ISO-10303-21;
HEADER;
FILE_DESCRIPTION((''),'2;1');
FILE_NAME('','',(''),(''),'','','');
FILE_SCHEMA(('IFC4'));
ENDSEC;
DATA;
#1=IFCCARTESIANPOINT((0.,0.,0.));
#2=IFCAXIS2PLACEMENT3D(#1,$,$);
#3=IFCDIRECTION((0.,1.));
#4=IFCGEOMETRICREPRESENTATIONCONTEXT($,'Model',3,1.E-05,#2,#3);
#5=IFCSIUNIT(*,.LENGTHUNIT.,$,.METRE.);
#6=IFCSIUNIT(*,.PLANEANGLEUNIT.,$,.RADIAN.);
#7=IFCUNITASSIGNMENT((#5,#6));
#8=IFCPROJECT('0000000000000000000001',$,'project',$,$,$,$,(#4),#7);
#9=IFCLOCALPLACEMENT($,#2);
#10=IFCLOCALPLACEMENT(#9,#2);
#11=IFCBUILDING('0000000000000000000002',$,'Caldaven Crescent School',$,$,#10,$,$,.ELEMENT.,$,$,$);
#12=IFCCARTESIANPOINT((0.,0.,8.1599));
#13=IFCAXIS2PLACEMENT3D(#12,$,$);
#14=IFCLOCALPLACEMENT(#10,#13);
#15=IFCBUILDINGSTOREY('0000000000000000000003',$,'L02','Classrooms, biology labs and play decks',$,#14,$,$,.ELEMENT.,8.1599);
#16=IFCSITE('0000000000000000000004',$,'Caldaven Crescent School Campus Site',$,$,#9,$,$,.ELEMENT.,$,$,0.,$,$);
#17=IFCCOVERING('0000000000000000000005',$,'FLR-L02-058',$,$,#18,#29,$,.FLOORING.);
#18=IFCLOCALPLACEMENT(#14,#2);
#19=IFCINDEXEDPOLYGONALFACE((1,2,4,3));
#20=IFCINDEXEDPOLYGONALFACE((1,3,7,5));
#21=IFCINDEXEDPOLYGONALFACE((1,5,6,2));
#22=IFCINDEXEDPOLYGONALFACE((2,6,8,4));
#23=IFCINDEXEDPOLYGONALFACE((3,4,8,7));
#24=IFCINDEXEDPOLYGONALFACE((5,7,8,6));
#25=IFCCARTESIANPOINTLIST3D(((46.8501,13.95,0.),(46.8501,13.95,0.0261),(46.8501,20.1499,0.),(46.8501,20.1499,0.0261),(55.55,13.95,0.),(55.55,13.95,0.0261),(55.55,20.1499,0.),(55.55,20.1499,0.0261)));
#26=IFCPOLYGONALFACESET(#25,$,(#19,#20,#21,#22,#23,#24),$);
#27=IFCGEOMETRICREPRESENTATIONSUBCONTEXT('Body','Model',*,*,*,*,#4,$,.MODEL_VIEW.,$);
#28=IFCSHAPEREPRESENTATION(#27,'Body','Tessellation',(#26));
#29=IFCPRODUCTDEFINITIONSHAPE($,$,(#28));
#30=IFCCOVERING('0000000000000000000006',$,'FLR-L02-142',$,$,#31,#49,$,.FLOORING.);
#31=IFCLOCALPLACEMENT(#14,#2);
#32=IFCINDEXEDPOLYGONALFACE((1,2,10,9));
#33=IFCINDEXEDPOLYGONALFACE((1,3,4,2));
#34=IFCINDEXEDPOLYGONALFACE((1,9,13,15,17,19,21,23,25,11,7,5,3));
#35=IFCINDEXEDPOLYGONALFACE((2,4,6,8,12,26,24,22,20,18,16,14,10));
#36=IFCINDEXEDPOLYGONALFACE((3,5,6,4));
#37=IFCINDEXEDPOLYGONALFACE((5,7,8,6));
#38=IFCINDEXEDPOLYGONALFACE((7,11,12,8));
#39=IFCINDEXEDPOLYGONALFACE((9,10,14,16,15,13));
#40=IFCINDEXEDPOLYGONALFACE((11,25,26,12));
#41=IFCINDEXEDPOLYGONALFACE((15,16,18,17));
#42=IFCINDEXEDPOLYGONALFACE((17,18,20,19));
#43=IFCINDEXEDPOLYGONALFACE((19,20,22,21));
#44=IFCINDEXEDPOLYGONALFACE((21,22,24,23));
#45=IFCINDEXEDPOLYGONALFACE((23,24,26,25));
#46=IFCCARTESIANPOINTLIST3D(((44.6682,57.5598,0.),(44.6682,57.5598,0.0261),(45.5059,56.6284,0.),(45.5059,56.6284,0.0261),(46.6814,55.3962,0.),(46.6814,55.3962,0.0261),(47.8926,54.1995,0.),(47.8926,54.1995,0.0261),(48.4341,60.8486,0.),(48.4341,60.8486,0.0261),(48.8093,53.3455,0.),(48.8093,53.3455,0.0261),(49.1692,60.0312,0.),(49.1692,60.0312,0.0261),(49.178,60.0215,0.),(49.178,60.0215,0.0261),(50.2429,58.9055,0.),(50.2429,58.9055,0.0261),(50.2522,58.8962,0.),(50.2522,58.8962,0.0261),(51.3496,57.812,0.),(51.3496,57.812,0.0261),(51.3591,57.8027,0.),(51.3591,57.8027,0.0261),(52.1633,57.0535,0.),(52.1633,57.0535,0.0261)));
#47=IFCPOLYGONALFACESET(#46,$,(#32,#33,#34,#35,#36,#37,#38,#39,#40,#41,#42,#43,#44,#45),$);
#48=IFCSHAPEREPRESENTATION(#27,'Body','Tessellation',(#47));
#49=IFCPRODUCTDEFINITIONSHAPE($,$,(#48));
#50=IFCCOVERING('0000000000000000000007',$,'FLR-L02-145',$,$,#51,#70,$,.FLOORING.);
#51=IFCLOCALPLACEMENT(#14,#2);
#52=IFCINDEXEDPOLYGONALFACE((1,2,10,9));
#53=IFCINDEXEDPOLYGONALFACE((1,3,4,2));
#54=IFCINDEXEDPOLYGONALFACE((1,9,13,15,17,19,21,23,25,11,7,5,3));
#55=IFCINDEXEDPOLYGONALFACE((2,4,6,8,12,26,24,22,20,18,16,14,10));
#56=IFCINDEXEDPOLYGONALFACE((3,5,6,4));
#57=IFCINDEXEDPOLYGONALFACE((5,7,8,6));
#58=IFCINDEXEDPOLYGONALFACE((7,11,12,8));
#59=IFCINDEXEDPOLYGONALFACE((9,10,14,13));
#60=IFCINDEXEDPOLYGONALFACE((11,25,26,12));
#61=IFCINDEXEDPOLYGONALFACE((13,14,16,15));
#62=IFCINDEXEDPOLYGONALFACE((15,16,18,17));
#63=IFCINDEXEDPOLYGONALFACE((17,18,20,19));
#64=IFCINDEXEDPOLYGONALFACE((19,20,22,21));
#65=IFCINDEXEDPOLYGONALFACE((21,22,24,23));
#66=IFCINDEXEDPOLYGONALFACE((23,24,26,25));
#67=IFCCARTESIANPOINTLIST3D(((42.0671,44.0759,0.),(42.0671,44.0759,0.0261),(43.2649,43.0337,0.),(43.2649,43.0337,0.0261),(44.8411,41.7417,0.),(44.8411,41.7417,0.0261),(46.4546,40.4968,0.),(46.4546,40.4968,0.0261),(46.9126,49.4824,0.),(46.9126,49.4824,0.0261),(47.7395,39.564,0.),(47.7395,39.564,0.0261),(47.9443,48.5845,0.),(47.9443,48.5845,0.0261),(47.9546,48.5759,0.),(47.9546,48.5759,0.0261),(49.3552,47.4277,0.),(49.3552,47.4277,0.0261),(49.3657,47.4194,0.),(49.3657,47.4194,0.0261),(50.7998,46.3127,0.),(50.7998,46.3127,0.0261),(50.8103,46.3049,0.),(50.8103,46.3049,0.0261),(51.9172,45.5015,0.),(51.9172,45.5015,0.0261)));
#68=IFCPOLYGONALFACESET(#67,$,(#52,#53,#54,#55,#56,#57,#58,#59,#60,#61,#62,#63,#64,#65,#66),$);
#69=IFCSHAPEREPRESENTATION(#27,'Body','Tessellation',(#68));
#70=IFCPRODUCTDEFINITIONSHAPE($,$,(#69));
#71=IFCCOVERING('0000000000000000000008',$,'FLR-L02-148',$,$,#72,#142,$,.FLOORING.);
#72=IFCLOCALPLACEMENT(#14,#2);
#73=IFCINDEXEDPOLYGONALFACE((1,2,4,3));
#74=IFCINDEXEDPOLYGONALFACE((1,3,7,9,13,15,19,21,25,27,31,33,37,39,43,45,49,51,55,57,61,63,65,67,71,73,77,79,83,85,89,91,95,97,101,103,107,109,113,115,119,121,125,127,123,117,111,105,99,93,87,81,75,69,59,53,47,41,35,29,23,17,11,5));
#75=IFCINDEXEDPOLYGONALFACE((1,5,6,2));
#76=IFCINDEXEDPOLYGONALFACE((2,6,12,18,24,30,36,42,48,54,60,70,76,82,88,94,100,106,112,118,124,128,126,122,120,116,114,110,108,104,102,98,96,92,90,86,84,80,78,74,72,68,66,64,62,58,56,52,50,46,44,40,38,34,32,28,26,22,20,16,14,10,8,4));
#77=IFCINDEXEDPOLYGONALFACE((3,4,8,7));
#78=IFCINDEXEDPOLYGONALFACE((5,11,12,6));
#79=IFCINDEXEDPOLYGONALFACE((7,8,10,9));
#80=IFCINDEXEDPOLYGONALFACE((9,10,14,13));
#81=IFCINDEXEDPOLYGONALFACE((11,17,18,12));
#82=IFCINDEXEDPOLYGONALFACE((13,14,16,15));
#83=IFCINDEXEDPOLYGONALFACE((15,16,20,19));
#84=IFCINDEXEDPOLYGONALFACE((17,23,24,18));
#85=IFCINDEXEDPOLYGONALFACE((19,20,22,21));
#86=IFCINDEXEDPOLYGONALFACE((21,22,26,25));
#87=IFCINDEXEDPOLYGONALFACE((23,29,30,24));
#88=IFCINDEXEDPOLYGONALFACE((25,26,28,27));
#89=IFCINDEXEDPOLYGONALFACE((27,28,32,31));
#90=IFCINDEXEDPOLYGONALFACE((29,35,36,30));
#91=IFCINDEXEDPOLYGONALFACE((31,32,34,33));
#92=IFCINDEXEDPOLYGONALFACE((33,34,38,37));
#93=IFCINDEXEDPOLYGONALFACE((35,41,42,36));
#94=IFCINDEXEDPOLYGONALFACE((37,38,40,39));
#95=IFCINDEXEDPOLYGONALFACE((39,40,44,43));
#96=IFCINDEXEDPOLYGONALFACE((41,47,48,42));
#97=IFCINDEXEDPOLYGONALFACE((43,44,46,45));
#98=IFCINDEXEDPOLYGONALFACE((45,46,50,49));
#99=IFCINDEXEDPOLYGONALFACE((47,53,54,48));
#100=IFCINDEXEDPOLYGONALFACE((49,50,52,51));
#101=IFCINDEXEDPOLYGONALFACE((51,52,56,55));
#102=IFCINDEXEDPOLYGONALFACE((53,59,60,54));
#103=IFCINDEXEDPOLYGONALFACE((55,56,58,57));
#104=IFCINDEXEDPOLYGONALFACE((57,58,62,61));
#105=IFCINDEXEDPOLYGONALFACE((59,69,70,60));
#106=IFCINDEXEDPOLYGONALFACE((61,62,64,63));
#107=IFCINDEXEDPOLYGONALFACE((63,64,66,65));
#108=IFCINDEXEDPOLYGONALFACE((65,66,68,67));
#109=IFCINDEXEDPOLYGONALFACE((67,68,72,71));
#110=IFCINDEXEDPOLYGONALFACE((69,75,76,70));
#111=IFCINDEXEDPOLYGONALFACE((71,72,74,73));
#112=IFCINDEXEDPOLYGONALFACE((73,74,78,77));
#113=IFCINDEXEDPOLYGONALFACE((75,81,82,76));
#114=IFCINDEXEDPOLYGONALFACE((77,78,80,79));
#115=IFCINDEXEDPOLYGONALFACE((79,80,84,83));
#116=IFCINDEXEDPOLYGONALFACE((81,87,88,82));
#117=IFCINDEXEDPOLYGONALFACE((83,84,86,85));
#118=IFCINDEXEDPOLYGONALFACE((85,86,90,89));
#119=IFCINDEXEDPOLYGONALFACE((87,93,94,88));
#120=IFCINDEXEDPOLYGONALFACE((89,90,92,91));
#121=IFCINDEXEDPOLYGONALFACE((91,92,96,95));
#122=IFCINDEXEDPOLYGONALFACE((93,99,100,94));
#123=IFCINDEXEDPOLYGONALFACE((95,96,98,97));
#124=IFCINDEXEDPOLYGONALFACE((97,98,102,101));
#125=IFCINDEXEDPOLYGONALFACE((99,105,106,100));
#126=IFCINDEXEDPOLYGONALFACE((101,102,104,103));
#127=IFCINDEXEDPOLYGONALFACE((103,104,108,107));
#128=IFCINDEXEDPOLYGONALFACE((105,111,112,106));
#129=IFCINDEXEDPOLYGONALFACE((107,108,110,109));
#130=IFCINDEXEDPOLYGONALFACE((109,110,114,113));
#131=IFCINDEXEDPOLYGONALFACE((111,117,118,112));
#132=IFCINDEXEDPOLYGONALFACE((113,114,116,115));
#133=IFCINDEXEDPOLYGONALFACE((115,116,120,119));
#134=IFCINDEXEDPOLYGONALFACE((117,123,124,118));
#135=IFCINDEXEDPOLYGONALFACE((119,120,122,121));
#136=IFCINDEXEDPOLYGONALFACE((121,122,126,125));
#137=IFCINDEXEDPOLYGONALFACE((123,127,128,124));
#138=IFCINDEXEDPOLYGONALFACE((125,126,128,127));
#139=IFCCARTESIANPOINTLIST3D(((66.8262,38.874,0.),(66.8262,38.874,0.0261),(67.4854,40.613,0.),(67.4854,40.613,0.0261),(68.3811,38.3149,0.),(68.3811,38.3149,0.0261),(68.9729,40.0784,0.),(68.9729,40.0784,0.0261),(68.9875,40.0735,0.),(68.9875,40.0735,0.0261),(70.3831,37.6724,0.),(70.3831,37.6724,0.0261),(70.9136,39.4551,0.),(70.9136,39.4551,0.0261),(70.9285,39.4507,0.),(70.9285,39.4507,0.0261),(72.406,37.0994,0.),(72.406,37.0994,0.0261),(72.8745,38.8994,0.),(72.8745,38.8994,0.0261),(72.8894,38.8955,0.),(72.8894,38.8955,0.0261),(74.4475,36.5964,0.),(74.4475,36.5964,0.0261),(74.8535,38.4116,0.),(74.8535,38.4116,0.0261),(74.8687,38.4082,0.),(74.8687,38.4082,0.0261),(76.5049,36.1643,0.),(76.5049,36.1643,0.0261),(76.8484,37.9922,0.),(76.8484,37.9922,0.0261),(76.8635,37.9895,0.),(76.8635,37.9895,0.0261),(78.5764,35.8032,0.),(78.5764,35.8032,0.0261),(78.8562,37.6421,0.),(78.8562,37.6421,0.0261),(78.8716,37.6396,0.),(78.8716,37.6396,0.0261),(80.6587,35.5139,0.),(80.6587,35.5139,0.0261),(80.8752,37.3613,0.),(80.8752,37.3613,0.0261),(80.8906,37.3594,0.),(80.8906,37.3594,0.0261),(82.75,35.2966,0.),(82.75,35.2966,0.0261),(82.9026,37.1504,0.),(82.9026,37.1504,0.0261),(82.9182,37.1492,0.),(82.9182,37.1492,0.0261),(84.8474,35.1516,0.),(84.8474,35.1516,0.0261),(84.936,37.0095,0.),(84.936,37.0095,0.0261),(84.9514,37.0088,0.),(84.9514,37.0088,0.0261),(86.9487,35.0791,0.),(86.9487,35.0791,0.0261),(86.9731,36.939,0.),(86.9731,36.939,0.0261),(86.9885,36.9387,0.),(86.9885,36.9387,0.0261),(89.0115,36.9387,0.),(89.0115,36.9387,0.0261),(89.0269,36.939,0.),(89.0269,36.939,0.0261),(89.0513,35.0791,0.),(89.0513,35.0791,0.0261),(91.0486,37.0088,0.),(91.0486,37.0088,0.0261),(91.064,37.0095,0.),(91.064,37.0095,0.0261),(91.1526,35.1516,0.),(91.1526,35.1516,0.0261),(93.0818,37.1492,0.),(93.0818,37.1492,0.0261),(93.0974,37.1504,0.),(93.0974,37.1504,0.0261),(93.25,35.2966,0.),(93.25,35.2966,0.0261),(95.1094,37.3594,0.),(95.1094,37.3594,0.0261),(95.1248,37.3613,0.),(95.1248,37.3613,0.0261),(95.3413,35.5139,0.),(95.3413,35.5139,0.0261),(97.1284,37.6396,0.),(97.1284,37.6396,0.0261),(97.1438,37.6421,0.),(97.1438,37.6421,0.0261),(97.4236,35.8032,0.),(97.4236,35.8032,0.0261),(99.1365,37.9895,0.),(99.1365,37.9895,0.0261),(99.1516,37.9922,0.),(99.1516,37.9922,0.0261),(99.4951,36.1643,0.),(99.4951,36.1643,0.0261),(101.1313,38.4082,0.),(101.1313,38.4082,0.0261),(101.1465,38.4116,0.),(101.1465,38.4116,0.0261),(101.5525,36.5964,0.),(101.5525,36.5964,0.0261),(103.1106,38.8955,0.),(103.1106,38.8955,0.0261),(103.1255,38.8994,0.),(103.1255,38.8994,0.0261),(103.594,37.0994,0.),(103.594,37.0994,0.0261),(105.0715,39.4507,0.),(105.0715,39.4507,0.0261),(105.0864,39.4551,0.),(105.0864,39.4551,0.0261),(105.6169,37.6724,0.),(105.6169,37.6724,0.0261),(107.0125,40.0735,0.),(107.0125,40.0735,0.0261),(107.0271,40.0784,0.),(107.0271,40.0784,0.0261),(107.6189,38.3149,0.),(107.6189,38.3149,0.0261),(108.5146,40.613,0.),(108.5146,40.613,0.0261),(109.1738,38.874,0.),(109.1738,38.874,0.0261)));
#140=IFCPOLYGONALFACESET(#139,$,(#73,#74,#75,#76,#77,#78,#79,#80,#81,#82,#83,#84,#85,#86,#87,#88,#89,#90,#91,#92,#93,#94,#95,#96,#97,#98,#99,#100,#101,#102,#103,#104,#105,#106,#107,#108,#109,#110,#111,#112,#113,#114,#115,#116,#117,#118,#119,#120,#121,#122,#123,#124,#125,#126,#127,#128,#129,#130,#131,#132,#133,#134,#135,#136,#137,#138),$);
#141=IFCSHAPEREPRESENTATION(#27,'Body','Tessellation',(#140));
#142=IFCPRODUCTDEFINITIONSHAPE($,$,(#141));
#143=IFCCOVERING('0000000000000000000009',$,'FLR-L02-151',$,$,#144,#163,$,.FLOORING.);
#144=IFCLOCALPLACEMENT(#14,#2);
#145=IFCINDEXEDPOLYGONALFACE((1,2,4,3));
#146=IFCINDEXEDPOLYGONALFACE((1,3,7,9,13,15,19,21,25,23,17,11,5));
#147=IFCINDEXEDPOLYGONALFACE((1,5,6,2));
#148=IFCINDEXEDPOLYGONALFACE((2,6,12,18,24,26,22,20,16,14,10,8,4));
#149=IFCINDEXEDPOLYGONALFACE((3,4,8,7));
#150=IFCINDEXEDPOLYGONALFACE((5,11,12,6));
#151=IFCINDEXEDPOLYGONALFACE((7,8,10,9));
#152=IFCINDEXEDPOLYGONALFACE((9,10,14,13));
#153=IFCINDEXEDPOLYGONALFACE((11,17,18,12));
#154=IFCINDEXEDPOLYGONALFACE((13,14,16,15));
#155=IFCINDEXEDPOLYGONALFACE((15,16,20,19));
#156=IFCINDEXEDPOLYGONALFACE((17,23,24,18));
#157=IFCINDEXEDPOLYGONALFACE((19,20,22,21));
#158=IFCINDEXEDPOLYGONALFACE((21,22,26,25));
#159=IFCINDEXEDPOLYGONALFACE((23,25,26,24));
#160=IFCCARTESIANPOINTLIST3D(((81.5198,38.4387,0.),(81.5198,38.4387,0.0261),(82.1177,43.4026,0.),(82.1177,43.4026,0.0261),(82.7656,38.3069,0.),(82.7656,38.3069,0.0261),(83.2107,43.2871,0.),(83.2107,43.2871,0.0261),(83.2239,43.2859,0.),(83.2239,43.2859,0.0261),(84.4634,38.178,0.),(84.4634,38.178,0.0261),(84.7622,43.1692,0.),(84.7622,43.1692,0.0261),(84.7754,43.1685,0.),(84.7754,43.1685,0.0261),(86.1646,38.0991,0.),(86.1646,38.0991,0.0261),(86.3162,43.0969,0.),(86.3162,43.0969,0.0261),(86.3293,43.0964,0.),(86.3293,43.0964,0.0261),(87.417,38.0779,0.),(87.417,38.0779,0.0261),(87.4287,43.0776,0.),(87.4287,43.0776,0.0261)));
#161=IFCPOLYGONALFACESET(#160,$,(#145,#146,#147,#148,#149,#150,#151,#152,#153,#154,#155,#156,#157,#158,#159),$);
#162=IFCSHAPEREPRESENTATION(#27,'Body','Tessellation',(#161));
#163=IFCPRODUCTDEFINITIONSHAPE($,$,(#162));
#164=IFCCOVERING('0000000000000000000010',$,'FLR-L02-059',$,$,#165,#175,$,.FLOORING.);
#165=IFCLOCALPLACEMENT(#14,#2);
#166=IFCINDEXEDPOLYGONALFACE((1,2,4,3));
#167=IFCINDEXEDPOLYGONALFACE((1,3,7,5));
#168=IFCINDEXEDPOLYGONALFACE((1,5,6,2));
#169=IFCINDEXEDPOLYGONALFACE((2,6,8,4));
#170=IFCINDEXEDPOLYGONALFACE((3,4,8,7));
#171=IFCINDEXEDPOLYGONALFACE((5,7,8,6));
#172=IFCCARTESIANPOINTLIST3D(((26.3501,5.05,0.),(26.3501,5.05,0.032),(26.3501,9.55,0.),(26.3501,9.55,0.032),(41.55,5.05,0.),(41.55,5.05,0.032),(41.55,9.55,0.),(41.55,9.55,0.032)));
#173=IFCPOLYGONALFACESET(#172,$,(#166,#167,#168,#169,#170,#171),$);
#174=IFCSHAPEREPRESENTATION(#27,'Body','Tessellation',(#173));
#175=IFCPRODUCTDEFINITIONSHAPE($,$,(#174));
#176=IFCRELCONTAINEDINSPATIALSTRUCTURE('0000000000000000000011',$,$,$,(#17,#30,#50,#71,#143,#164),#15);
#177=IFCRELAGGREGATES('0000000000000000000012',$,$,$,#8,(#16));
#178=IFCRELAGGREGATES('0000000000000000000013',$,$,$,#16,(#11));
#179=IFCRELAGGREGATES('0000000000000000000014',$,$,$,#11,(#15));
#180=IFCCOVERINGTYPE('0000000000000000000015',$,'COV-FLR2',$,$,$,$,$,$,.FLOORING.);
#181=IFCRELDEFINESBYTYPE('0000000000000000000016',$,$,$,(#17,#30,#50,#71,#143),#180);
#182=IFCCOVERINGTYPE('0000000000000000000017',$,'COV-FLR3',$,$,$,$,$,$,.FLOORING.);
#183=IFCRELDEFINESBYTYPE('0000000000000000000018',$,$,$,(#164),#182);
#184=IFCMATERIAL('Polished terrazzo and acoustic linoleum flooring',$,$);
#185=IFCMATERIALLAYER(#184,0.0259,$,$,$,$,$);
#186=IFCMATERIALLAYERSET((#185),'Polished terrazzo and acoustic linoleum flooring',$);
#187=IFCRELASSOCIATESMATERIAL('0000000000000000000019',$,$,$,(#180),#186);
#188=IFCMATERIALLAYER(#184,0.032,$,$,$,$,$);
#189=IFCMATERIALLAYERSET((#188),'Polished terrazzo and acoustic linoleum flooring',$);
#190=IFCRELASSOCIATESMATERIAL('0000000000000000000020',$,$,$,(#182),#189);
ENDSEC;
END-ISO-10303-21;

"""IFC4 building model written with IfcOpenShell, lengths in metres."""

from ifc_helpers import new_model, si_unit, direction, frame, origin, place, context, subcontext, project, spatial, polyline, outline, extrude, material, layer, layer_set, type_object, element, save


model = new_model("IFC4")

# Units and contexts
model_context = context("Model", 3, precision=1e-05, world=origin(), true_north=direction((0.0, 1.0)))
body_context = subcontext(model_context, "Body", "Model", "MODEL_VIEW")
ifc_project = project(units=[si_unit("LENGTHUNIT", "METRE"), si_unit("PLANEANGLEUNIT", "RADIAN")], contexts=[model_context])

# Site, building, storey
site_placement = place(None, origin())
site = spatial("IfcSite", under=ifc_project, at=site_placement, Name="Caldaven Crescent School Campus Site", CompositionType="ELEMENT", RefElevation=0.0)
building_placement = place(site_placement, origin())
building = spatial("IfcBuilding", under=site, at=building_placement, Name="Caldaven Crescent School", CompositionType="ELEMENT")
storey_placement = place(building_placement, frame((0.0, 0.0, 8.1599)))
storey = spatial("IfcBuildingStorey", under=building, at=storey_placement, Name="L02", Description="Classrooms, biology labs and play decks", CompositionType="ELEMENT", Elevation=8.1599)

# Coverings
ifc_material_1 = material(Name="Polished terrazzo and acoustic linoleum flooring")
ifc_layer_1 = layer(ifc_material_1, 0.0259)
ifc_layer_set_1 = layer_set([ifc_layer_1], Name="Polished terrazzo and acoustic linoleum flooring")
covering_type_1 = type_object("IfcCoveringType", Name="COV-FLR2", PredefinedType="FLOORING", material=ifc_layer_set_1)
covering_1_placement = place(storey_placement, origin())
element("IfcCovering", 1, at=covering_1_placement, inside=storey, type_object=covering_type_1, Name="FLR-L02-058", PredefinedType="FLOORING", context=body_context, shape_type="SweptSolid", body=[
    extrude(outline(polyline([(46.8501, 20.1499), (55.55, 20.1499), (55.55, 13.95), (46.8501, 13.95), (46.8501, 20.1499)])), origin(), (0.0, 0.0, 1.0), 0.0261),
])
covering_2_placement = place(storey_placement, origin())
element("IfcCovering", 2, at=covering_2_placement, inside=storey, type_object=covering_type_1, Name="FLR-L02-142", PredefinedType="FLOORING", context=body_context, shape_type="SweptSolid", body=[
    extrude(outline(polyline([(48.4341, 60.8486), (49.1692, 60.0312), (49.178, 60.0215), (50.2429, 58.9055), (50.2522, 58.8962), (51.3496, 57.812), (51.3591, 57.8027), (52.1633, 57.0535), (48.8093, 53.3455), (47.8926, 54.1995), (46.6814, 55.3962), (45.5059, 56.6284), (44.6682, 57.5598), (48.4341, 60.8486)])), origin(), (0.0, 0.0, 1.0), 0.0261),
])
covering_3_placement = place(storey_placement, origin())
element("IfcCovering", 3, at=covering_3_placement, inside=storey, type_object=covering_type_1, Name="FLR-L02-145", PredefinedType="FLOORING", context=body_context, shape_type="SweptSolid", body=[
    extrude(outline(polyline([(46.9126, 49.4824), (47.9443, 48.5845), (47.9546, 48.5759), (49.3552, 47.4277), (49.3657, 47.4194), (50.7998, 46.3127), (50.8103, 46.3049), (51.9172, 45.5015), (47.7395, 39.564), (46.4546, 40.4968), (44.8411, 41.7417), (43.2649, 43.0337), (42.0671, 44.0759), (46.9126, 49.4824)])), origin(), (0.0, 0.0, 1.0), 0.0261),
])
covering_4_placement = place(storey_placement, origin())
element("IfcCovering", 4, at=covering_4_placement, inside=storey, type_object=covering_type_1, Name="FLR-L02-148", PredefinedType="FLOORING", context=body_context, shape_type="SweptSolid", body=[
    extrude(outline(polyline([(67.4854, 40.613), (68.9729, 40.0784), (68.9875, 40.0735), (70.9136, 39.4551), (70.9285, 39.4507), (72.8745, 38.8994), (72.8894, 38.8955), (74.8535, 38.4116), (74.8687, 38.4082), (76.8484, 37.9922), (76.8635, 37.9895), (78.8562, 37.6421), (78.8716, 37.6396), (80.8752, 37.3613), (80.8906, 37.3594), (82.9026, 37.1504), (82.9182, 37.1492), (84.936, 37.0095), (84.9514, 37.0088), (86.9731, 36.939), (86.9885, 36.9387), (89.0115, 36.9387), (89.0269, 36.939), (91.0486, 37.0088), (91.064, 37.0095), (93.0818, 37.1492), (93.0974, 37.1504), (95.1094, 37.3594), (95.1248, 37.3613), (97.1284, 37.6396), (97.1438, 37.6421), (99.1365, 37.9895), (99.1516, 37.9922), (101.1313, 38.4082), (101.1465, 38.4116), (103.1106, 38.8955), (103.1255, 38.8994), (105.0715, 39.4507), (105.0864, 39.4551), (107.0125, 40.0735), (107.0271, 40.0784), (108.5146, 40.613), (109.1738, 38.874), (107.6189, 38.3149), (105.6169, 37.6724), (103.594, 37.0994), (101.5525, 36.5964), (99.4951, 36.1643), (97.4236, 35.8032), (95.3413, 35.5139), (93.25, 35.2966), (91.1526, 35.1516), (89.0513, 35.0791), (86.9487, 35.0791), (84.8474, 35.1516), (82.75, 35.2966), (80.6587, 35.5139), (78.5764, 35.8032), (76.5049, 36.1643), (74.4475, 36.5964), (72.406, 37.0994), (70.3831, 37.6724), (68.3811, 38.3149), (66.8262, 38.874), (67.4854, 40.613)])), origin(), (0.0, 0.0, 1.0), 0.0261),
])
covering_5_placement = place(storey_placement, origin())
element("IfcCovering", 5, at=covering_5_placement, inside=storey, type_object=covering_type_1, Name="FLR-L02-151", PredefinedType="FLOORING", context=body_context, shape_type="SweptSolid", body=[
    extrude(outline(polyline([(82.1177, 43.4026), (83.2107, 43.2871), (83.2239, 43.2859), (84.7622, 43.1692), (84.7754, 43.1685), (86.3162, 43.0969), (86.3293, 43.0964), (87.4287, 43.0776), (87.417, 38.0779), (86.1646, 38.0991), (84.4634, 38.178), (82.7656, 38.3069), (81.5198, 38.4387), (82.1177, 43.4026)])), origin(), (0.0, 0.0, 1.0), 0.0261),
])
ifc_layer_2 = layer(ifc_material_1, 0.032)
ifc_layer_set_2 = layer_set([ifc_layer_2], Name="Polished terrazzo and acoustic linoleum flooring")
covering_type_2 = type_object("IfcCoveringType", Name="COV-FLR3", PredefinedType="FLOORING", material=ifc_layer_set_2)
covering_6_placement = place(storey_placement, origin())
element("IfcCovering", 6, at=covering_6_placement, inside=storey, type_object=covering_type_2, Name="FLR-L02-059", PredefinedType="FLOORING", context=body_context, shape_type="SweptSolid", body=[
    extrude(outline(polyline([(26.3501, 9.55), (41.55, 9.55), (41.55, 5.05), (26.3501, 5.05), (26.3501, 9.55)])), origin(), (0.0, 0.0, 1.0), 0.032),
])

save(model, "model.ifc")
